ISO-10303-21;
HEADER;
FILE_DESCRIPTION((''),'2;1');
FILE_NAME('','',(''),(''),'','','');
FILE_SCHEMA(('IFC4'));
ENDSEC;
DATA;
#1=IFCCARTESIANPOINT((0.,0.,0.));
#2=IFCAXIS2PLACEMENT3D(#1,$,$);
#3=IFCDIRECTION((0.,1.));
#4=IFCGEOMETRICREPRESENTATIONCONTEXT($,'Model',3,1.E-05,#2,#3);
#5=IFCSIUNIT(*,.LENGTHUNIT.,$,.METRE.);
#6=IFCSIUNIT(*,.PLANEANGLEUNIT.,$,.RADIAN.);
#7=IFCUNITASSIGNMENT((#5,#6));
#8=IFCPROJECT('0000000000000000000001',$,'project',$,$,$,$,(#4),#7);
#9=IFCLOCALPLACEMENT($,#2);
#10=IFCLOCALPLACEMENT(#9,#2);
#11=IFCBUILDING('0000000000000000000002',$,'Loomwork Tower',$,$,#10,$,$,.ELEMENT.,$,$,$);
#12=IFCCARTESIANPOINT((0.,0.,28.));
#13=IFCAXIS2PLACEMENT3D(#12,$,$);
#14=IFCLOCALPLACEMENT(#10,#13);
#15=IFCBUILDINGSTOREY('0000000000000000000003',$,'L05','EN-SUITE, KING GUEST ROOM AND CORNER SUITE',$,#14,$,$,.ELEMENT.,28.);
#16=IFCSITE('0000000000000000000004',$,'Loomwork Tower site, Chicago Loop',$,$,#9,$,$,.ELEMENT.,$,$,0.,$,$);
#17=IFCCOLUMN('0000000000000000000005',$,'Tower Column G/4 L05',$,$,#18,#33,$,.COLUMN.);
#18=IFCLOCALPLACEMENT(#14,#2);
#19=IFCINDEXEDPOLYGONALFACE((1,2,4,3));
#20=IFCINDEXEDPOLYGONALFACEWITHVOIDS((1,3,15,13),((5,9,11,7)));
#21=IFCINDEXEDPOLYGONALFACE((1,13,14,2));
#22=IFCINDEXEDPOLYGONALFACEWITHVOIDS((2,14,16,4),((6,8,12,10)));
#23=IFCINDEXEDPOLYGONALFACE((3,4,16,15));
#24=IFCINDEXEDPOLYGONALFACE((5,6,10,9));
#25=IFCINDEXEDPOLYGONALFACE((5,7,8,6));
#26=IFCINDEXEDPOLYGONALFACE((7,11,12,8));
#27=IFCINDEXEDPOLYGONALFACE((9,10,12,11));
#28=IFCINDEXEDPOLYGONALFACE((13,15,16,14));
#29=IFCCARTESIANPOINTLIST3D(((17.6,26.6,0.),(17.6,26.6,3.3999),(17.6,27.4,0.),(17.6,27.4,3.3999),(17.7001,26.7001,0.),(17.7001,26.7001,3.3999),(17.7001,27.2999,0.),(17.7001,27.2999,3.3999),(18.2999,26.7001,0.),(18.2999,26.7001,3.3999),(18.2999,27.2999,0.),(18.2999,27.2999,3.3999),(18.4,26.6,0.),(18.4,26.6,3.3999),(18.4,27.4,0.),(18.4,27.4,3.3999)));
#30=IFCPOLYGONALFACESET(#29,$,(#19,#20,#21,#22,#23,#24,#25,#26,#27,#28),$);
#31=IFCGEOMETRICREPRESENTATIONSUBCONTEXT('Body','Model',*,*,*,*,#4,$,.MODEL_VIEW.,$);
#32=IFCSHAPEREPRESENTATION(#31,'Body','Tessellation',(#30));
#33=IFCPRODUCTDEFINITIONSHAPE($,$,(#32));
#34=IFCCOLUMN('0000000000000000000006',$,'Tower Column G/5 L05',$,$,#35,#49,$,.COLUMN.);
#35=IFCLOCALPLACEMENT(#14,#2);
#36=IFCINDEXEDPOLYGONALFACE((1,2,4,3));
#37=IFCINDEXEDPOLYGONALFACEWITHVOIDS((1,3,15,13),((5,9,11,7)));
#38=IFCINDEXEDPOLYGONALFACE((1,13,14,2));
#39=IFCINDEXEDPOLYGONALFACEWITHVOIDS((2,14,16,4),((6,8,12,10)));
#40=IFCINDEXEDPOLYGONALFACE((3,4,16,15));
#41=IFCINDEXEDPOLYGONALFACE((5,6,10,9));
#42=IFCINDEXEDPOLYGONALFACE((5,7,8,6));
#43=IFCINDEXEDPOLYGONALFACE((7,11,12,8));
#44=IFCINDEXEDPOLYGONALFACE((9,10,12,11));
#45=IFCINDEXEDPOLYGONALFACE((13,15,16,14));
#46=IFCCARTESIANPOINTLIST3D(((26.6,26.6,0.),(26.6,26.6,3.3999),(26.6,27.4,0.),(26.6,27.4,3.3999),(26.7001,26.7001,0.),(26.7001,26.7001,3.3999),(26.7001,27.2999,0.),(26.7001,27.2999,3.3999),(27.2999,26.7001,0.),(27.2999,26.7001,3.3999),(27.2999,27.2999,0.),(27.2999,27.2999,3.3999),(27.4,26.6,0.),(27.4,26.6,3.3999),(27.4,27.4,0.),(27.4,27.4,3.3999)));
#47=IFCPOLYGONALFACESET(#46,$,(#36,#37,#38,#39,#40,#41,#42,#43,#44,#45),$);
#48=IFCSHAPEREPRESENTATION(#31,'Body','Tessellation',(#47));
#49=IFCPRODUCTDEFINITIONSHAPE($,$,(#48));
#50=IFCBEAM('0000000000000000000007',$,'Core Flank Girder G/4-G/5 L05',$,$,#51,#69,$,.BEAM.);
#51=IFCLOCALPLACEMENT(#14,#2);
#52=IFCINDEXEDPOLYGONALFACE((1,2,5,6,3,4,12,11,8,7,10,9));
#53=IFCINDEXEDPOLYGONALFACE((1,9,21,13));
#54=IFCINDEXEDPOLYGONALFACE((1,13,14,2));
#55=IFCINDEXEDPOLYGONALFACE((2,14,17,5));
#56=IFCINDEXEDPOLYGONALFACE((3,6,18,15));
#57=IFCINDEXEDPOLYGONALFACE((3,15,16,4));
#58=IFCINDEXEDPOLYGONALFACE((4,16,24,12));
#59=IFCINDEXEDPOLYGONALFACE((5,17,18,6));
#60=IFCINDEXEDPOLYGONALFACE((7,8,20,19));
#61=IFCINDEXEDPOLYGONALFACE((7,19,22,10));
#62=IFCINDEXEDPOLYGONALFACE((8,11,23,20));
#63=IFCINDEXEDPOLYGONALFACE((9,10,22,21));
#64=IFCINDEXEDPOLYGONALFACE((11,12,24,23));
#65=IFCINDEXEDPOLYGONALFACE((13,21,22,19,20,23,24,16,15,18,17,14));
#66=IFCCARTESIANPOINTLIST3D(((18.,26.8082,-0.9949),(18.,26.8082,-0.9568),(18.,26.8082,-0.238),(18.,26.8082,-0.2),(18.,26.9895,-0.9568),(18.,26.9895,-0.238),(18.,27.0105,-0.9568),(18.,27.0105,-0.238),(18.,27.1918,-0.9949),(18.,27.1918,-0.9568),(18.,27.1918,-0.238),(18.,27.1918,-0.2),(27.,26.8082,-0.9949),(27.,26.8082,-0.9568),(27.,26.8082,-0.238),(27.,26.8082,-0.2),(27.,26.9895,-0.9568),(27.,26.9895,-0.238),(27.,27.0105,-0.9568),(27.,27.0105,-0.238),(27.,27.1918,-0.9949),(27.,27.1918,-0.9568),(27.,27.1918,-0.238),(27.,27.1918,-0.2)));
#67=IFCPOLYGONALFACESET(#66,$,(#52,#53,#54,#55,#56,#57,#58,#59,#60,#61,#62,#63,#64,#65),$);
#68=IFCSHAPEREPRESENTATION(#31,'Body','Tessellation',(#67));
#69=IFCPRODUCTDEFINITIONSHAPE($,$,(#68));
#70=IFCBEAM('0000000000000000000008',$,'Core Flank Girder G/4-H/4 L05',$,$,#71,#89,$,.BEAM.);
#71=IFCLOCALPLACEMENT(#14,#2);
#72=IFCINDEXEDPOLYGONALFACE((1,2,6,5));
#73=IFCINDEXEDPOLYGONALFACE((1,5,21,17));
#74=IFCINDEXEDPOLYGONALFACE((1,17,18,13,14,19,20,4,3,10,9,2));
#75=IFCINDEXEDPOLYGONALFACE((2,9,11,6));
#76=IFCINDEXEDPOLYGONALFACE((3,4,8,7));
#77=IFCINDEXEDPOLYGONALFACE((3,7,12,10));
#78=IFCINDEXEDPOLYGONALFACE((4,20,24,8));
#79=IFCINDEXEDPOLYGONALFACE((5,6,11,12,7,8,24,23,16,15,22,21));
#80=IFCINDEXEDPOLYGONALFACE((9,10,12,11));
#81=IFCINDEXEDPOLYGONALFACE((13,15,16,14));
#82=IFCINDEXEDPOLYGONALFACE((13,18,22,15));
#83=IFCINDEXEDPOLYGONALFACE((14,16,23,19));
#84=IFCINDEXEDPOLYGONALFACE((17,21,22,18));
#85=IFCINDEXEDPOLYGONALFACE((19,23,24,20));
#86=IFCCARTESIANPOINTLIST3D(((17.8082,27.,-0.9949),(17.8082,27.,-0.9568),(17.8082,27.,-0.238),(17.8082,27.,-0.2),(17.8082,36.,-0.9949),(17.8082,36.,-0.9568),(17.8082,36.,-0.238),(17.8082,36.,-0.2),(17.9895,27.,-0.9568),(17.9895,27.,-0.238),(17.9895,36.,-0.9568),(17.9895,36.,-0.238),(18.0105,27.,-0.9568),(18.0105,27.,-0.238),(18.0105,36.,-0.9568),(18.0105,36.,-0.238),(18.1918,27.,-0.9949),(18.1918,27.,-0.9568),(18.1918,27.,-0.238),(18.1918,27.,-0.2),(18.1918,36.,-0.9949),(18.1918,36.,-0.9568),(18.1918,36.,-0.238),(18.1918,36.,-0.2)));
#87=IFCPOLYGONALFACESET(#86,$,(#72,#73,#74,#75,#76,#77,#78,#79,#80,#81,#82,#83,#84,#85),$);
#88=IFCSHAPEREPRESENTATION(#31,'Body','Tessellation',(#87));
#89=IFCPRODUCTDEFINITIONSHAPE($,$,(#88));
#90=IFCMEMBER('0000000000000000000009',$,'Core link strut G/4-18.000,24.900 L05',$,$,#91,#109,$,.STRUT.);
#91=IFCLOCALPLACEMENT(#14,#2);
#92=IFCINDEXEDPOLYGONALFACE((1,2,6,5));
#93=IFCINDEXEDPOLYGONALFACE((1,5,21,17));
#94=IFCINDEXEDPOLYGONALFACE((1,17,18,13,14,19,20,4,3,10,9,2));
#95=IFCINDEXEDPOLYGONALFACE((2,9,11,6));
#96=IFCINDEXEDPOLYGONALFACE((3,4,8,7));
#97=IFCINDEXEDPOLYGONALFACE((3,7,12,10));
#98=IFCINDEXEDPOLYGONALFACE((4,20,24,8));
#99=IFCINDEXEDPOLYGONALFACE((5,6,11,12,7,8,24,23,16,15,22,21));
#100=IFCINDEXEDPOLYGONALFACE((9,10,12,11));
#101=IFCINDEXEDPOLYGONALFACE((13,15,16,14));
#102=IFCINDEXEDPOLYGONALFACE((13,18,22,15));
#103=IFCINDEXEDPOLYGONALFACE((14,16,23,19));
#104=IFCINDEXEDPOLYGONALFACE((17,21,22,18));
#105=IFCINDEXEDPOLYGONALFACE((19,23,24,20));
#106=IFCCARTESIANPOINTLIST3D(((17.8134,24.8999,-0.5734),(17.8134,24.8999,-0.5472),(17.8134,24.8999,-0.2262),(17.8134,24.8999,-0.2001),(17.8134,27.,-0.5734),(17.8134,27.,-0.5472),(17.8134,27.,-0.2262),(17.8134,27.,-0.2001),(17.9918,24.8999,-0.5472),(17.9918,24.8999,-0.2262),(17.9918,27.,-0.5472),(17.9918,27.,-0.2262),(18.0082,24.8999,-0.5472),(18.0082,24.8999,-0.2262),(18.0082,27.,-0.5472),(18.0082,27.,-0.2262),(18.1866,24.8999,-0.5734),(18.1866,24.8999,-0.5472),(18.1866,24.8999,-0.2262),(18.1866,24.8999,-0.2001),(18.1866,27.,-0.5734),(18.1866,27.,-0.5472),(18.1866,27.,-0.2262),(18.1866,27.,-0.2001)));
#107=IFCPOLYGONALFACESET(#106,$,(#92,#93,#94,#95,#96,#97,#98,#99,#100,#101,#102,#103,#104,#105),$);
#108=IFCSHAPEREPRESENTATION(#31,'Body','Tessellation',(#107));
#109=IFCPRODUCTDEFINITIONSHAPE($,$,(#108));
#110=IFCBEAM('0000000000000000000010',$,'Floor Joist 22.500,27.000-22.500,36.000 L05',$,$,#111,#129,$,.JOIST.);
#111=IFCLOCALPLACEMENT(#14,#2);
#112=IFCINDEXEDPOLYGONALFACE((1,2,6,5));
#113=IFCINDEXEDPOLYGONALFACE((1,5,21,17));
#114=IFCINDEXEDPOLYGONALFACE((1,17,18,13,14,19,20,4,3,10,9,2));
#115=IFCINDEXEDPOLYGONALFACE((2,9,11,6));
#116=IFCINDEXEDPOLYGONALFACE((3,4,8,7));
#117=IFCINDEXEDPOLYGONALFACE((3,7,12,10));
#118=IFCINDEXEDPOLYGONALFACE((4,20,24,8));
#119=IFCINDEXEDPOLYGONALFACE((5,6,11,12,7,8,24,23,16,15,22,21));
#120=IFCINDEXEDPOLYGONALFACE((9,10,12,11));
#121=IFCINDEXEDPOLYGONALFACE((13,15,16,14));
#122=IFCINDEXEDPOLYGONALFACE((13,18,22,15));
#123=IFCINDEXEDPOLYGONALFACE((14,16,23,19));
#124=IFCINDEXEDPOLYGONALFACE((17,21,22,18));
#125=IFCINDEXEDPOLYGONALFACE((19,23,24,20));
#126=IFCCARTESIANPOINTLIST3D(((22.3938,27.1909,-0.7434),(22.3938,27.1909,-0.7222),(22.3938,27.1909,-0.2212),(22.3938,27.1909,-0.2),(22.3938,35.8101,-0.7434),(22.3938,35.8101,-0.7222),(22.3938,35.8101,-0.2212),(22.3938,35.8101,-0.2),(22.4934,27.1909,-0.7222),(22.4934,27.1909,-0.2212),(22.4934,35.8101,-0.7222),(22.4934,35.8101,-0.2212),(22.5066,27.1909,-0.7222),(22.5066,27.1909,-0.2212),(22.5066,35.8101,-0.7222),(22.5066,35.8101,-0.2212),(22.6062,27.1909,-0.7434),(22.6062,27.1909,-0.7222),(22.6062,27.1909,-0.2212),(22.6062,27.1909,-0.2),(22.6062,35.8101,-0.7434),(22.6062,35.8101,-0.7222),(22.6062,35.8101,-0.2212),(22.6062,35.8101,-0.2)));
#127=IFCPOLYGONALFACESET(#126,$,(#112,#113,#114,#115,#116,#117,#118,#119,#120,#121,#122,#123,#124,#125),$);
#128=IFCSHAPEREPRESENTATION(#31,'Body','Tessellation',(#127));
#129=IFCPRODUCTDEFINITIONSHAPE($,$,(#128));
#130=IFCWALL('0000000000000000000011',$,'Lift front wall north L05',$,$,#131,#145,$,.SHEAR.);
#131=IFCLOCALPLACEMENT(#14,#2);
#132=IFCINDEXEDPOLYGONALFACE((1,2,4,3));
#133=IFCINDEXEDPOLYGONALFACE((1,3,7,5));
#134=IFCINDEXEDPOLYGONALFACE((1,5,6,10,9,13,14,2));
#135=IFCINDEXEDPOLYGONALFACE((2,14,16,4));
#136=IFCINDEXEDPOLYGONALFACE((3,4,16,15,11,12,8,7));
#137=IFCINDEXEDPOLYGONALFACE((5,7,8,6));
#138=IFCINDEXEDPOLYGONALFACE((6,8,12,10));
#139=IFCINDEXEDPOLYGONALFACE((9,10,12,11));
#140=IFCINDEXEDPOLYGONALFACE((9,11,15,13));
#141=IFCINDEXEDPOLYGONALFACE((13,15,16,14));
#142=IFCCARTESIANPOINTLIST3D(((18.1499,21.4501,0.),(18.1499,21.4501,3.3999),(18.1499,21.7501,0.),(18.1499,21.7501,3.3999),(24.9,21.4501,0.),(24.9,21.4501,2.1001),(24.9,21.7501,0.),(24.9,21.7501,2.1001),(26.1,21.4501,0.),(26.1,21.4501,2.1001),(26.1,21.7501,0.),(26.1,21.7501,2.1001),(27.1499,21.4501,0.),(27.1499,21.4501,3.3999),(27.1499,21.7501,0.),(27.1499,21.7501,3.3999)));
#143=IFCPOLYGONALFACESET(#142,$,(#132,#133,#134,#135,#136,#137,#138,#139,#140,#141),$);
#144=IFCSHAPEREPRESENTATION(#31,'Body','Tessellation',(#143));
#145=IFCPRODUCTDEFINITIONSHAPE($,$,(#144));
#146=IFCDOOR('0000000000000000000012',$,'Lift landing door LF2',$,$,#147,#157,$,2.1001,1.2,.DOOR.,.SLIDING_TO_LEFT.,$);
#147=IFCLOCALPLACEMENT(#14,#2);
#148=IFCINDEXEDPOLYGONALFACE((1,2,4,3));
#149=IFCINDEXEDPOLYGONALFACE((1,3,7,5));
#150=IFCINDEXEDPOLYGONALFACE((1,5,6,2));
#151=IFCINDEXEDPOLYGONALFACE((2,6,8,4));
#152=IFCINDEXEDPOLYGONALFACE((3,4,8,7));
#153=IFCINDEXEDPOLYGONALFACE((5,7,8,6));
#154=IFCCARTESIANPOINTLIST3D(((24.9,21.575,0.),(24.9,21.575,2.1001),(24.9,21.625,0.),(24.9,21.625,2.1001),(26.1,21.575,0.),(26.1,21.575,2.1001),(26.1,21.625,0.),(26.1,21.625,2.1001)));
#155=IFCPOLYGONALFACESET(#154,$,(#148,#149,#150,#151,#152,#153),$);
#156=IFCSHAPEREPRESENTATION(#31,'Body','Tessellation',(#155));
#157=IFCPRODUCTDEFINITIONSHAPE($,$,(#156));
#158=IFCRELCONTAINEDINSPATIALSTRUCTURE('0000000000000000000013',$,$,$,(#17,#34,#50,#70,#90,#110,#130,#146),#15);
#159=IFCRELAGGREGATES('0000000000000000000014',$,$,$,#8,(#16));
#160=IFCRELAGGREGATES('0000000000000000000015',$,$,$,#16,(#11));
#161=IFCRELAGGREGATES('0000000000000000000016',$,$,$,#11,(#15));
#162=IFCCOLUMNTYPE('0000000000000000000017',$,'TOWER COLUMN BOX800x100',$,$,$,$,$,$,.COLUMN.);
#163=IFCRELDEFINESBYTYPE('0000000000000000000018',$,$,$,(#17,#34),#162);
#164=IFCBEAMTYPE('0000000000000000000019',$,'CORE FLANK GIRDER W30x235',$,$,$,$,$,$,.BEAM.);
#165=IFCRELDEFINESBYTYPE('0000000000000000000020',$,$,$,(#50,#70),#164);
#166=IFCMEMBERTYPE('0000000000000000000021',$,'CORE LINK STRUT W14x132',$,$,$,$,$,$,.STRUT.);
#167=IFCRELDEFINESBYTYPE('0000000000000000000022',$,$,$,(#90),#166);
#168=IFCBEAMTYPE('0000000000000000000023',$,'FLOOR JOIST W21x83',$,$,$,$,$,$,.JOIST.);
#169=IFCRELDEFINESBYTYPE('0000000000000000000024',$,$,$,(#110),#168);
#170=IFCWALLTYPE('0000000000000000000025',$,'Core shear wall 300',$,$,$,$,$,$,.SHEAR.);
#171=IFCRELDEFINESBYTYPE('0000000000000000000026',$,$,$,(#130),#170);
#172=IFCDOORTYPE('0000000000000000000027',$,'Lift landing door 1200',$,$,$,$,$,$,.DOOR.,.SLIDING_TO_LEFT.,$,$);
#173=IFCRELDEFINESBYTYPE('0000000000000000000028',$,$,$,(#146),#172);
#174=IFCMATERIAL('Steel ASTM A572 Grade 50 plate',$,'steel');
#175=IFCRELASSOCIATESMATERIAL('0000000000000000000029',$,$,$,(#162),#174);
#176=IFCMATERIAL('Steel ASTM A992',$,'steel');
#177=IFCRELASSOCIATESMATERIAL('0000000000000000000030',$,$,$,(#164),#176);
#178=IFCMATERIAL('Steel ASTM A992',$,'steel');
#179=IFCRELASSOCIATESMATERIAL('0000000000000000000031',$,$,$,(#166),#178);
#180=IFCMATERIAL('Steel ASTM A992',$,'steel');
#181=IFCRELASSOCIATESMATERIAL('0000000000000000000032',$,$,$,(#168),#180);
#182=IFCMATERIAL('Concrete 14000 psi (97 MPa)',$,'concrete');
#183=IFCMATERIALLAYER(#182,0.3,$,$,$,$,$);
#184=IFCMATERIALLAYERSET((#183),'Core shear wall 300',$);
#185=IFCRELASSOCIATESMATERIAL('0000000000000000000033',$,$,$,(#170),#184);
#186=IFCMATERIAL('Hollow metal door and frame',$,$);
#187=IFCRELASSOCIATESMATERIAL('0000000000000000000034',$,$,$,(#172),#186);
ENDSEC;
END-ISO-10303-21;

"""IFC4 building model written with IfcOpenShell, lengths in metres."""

from ifc_helpers import new_model, si_unit, direction, frame, frame_2d, origin, origin_2d, place, context, subcontext, project, spatial, rectangle, hollow_rectangle, i_section, extrude, material, layer, layer_set, material_profile, profile_set, type_object, element, fill, save


model = new_model("IFC4")

# Units and contexts
model_context = context("Model", 3, precision=1e-05, world=origin(), true_north=direction((0.0, 1.0)))
body_context = subcontext(model_context, "Body", "Model", "MODEL_VIEW")
ifc_project = project(units=[si_unit("LENGTHUNIT", "METRE"), si_unit("PLANEANGLEUNIT", "RADIAN")], contexts=[model_context])

# Site, building, storey
site_placement = place(None, origin())
site = spatial("IfcSite", under=ifc_project, at=site_placement, Name="Loomwork Tower site, Chicago Loop", CompositionType="ELEMENT", RefElevation=0.0)
building_placement = place(site_placement, origin())
building = spatial("IfcBuilding", under=site, at=building_placement, Name="Loomwork Tower", CompositionType="ELEMENT")
storey_placement = place(building_placement, frame((0.0, 0.0, 28.0)))
storey = spatial("IfcBuildingStorey", under=building, at=storey_placement, Name="L05", Description="EN-SUITE, KING GUEST ROOM AND CORNER SUITE", CompositionType="ELEMENT", Elevation=28.0)

# Columns
ifc_material_1 = material(Name="Steel ASTM A572 Grade 50 plate", Category="steel")
ifc_material_profile_1 = material_profile(ifc_material_1, hollow_rectangle(XDim=0.8, YDim=0.8, WallThickness=0.1001, at=origin_2d()), Name="BOX800x100")
ifc_profile_set_1 = profile_set([ifc_material_profile_1], Name="Steel ASTM A572 Grade 50 plate")
column_type = type_object("IfcColumnType", Name="TOWER COLUMN BOX800x100", PredefinedType="COLUMN", material=ifc_profile_set_1)
for number, where, z_axis, x_axis, name in (
    (1, (18.0, 27.0, 0.0), (0.0, 0.0, 1.0), (1.0, 0.0, 0.0), "Tower Column G/4 L05"),
    (2, (27.0, 27.0, 0.0), (0.0, 0.0, 1.0), (1.0, 0.0, 0.0), "Tower Column G/5 L05"),
):
    element("IfcColumn", number, at=place(storey_placement, frame(where, z_axis=z_axis, x_axis=x_axis)), inside=storey, type_object=column_type, Name=name, PredefinedType="COLUMN", context=body_context, shape_type="SweptSolid", body=[
        extrude(hollow_rectangle(XDim=0.8, YDim=0.8, WallThickness=0.1001, at=origin_2d()), origin(), (0.0, 0.0, 1.0), 3.3999),
    ])

# Beams
ifc_material_2 = material(Name="Steel ASTM A992", Category="steel")
ifc_material_profile_2 = material_profile(ifc_material_2, i_section(OverallWidth=0.3835, OverallDepth=0.7949, WebThickness=0.021, FlangeThickness=0.0381, at=origin_2d()), Name="W30x235")
ifc_profile_set_2 = profile_set([ifc_material_profile_2], Name="Steel ASTM A992")
beam_type_1 = type_object("IfcBeamType", Name="CORE FLANK GIRDER W30x235", PredefinedType="BEAM", material=ifc_profile_set_2)
for number, where, z_axis, x_axis, name in (
    (3, (18.0, 27.0, -0.5974), (1.0, 0.0, 0.0), (0.0, 1.0, 0.0), "Core Flank Girder G/4-G/5 L05"),
    (4, (18.0, 27.0, -0.5974), (0.0, 1.0, 0.0), (-1.0, 0.0, 0.0), "Core Flank Girder G/4-H/4 L05"),
):
    element("IfcBeam", number, at=place(storey_placement, frame(where, z_axis=z_axis, x_axis=x_axis)), inside=storey, type_object=beam_type_1, Name=name, PredefinedType="BEAM", context=body_context, shape_type="SweptSolid", body=[
        extrude(i_section(OverallWidth=0.3835, OverallDepth=0.7949, WebThickness=0.021, FlangeThickness=0.0381, at=origin_2d()), origin(), (0.0, 0.0, 1.0), 9.0),
    ])

# Member
ifc_material_3 = material(Name="Steel ASTM A992", Category="steel")
ifc_material_profile_3 = material_profile(ifc_material_3, i_section(OverallWidth=0.3733, OverallDepth=0.3733, WebThickness=0.0164, FlangeThickness=0.0261, at=origin_2d()), Name="W14x132")
ifc_profile_set_3 = profile_set([ifc_material_profile_3], Name="Steel ASTM A992")
member_type = type_object("IfcMemberType", Name="CORE LINK STRUT W14x132", PredefinedType="STRUT", material=ifc_profile_set_3)
member_placement = place(storey_placement, frame((18.0, 27.0, -0.3867), z_axis=(0.0, -1.0, 0.0), x_axis=(1.0, 0.0, 0.0)))
element("IfcMember", 5, at=member_placement, inside=storey, type_object=member_type, Name="Core link strut G/4-18.000,24.900 L05", PredefinedType="STRUT", context=body_context, shape_type="SweptSolid", body=[
    extrude(i_section(OverallWidth=0.3733, OverallDepth=0.3733, WebThickness=0.0164, FlangeThickness=0.0261, at=origin_2d()), origin(), (0.0, 0.0, 1.0), 2.1001),
])

# Beam
ifc_material_4 = material(Name="Steel ASTM A992", Category="steel")
ifc_material_profile_4 = material_profile(ifc_material_4, i_section(OverallWidth=0.2124, OverallDepth=0.5435, WebThickness=0.0132, FlangeThickness=0.0212, at=origin_2d()), Name="W21x83")
ifc_profile_set_4 = profile_set([ifc_material_profile_4], Name="Steel ASTM A992")
beam_type_2 = type_object("IfcBeamType", Name="FLOOR JOIST W21x83", PredefinedType="JOIST", material=ifc_profile_set_4)
beam_placement = place(storey_placement, frame((22.5, 27.1909, -0.4717), z_axis=(0.0, 1.0, 0.0), x_axis=(-1.0, 0.0, 0.0)))
element("IfcBeam", 6, at=beam_placement, inside=storey, type_object=beam_type_2, Name="Floor Joist 22.500,27.000-22.500,36.000 L05", PredefinedType="JOIST", context=body_context, shape_type="SweptSolid", body=[
    extrude(i_section(OverallWidth=0.2124, OverallDepth=0.5435, WebThickness=0.0132, FlangeThickness=0.0212, at=origin_2d()), origin(), (0.0, 0.0, 1.0), 8.6191),
])

# Wall, opening, door
ifc_material_5 = material(Name="Concrete 14000 psi (97 MPa)", Category="concrete")
ifc_layer_1 = layer(ifc_material_5, 0.3)
ifc_layer_set_1 = layer_set([ifc_layer_1], Name="Core shear wall 300")
wall_type_1 = type_object("IfcWallType", Name="Core shear wall 300", PredefinedType="SHEAR", material=ifc_layer_set_1)
wall_1_placement = place(storey_placement, frame((18.1499, 21.6001, 0.0), z_axis=(0.0, 0.0, 1.0), x_axis=(1.0, 0.0, 0.0)))
wall_1 = element("IfcWall", 7, at=wall_1_placement, inside=storey, type_object=wall_type_1, Name="Lift front wall north L05", PredefinedType="SHEAR", context=body_context, shape_type="SweptSolid", body=[
    extrude(rectangle(XDim=9.0, YDim=0.3, at=frame_2d((4.5, 0.0))), origin(), (0.0, 0.0, 1.0), 3.3999),
])
opening_1_placement = place(wall_1_placement, frame((6.75, 0.0, 0.0)))
opening_1 = element("IfcOpeningElement", 8, at=opening_1_placement, cuts=wall_1, PredefinedType="OPENING", context=body_context, shape_type="SweptSolid", body=[
    extrude(rectangle(XDim=1.2, YDim=2.1001, at=frame_2d((0.6001, 1.05))), frame((0.0, 0.1599, 0.0), z_axis=(0.0, -1.0, 0.0), x_axis=(1.0, 0.0, 0.0)), (0.0, 0.0, 1.0), 0.3201),
])
ifc_material_6 = material(Name="Hollow metal door and frame")
door_type_1 = type_object("IfcDoorType", Name="Lift landing door 1200", OperationType="SLIDING_TO_LEFT", PredefinedType="DOOR", material=ifc_material_6)
door_1_placement = place(opening_1_placement, origin())
door_1 = element("IfcDoor", 9, at=door_1_placement, inside=storey, type_object=door_type_1, Name="Lift landing door LF2", OperationType="SLIDING_TO_LEFT", OverallHeight=2.1001, OverallWidth=1.2, PredefinedType="DOOR", context=body_context, shape_type="SweptSolid", body=[
    extrude(rectangle(XDim=1.2, YDim=2.1001, at=frame_2d((0.6001, 1.05))), frame((0.0, 0.0249, 0.0), z_axis=(0.0, -1.0, 0.0), x_axis=(1.0, 0.0, 0.0)), (0.0, 0.0, 1.0), 0.05),
])
fill(opening_1, door_1)

save(model, "model.ifc")
